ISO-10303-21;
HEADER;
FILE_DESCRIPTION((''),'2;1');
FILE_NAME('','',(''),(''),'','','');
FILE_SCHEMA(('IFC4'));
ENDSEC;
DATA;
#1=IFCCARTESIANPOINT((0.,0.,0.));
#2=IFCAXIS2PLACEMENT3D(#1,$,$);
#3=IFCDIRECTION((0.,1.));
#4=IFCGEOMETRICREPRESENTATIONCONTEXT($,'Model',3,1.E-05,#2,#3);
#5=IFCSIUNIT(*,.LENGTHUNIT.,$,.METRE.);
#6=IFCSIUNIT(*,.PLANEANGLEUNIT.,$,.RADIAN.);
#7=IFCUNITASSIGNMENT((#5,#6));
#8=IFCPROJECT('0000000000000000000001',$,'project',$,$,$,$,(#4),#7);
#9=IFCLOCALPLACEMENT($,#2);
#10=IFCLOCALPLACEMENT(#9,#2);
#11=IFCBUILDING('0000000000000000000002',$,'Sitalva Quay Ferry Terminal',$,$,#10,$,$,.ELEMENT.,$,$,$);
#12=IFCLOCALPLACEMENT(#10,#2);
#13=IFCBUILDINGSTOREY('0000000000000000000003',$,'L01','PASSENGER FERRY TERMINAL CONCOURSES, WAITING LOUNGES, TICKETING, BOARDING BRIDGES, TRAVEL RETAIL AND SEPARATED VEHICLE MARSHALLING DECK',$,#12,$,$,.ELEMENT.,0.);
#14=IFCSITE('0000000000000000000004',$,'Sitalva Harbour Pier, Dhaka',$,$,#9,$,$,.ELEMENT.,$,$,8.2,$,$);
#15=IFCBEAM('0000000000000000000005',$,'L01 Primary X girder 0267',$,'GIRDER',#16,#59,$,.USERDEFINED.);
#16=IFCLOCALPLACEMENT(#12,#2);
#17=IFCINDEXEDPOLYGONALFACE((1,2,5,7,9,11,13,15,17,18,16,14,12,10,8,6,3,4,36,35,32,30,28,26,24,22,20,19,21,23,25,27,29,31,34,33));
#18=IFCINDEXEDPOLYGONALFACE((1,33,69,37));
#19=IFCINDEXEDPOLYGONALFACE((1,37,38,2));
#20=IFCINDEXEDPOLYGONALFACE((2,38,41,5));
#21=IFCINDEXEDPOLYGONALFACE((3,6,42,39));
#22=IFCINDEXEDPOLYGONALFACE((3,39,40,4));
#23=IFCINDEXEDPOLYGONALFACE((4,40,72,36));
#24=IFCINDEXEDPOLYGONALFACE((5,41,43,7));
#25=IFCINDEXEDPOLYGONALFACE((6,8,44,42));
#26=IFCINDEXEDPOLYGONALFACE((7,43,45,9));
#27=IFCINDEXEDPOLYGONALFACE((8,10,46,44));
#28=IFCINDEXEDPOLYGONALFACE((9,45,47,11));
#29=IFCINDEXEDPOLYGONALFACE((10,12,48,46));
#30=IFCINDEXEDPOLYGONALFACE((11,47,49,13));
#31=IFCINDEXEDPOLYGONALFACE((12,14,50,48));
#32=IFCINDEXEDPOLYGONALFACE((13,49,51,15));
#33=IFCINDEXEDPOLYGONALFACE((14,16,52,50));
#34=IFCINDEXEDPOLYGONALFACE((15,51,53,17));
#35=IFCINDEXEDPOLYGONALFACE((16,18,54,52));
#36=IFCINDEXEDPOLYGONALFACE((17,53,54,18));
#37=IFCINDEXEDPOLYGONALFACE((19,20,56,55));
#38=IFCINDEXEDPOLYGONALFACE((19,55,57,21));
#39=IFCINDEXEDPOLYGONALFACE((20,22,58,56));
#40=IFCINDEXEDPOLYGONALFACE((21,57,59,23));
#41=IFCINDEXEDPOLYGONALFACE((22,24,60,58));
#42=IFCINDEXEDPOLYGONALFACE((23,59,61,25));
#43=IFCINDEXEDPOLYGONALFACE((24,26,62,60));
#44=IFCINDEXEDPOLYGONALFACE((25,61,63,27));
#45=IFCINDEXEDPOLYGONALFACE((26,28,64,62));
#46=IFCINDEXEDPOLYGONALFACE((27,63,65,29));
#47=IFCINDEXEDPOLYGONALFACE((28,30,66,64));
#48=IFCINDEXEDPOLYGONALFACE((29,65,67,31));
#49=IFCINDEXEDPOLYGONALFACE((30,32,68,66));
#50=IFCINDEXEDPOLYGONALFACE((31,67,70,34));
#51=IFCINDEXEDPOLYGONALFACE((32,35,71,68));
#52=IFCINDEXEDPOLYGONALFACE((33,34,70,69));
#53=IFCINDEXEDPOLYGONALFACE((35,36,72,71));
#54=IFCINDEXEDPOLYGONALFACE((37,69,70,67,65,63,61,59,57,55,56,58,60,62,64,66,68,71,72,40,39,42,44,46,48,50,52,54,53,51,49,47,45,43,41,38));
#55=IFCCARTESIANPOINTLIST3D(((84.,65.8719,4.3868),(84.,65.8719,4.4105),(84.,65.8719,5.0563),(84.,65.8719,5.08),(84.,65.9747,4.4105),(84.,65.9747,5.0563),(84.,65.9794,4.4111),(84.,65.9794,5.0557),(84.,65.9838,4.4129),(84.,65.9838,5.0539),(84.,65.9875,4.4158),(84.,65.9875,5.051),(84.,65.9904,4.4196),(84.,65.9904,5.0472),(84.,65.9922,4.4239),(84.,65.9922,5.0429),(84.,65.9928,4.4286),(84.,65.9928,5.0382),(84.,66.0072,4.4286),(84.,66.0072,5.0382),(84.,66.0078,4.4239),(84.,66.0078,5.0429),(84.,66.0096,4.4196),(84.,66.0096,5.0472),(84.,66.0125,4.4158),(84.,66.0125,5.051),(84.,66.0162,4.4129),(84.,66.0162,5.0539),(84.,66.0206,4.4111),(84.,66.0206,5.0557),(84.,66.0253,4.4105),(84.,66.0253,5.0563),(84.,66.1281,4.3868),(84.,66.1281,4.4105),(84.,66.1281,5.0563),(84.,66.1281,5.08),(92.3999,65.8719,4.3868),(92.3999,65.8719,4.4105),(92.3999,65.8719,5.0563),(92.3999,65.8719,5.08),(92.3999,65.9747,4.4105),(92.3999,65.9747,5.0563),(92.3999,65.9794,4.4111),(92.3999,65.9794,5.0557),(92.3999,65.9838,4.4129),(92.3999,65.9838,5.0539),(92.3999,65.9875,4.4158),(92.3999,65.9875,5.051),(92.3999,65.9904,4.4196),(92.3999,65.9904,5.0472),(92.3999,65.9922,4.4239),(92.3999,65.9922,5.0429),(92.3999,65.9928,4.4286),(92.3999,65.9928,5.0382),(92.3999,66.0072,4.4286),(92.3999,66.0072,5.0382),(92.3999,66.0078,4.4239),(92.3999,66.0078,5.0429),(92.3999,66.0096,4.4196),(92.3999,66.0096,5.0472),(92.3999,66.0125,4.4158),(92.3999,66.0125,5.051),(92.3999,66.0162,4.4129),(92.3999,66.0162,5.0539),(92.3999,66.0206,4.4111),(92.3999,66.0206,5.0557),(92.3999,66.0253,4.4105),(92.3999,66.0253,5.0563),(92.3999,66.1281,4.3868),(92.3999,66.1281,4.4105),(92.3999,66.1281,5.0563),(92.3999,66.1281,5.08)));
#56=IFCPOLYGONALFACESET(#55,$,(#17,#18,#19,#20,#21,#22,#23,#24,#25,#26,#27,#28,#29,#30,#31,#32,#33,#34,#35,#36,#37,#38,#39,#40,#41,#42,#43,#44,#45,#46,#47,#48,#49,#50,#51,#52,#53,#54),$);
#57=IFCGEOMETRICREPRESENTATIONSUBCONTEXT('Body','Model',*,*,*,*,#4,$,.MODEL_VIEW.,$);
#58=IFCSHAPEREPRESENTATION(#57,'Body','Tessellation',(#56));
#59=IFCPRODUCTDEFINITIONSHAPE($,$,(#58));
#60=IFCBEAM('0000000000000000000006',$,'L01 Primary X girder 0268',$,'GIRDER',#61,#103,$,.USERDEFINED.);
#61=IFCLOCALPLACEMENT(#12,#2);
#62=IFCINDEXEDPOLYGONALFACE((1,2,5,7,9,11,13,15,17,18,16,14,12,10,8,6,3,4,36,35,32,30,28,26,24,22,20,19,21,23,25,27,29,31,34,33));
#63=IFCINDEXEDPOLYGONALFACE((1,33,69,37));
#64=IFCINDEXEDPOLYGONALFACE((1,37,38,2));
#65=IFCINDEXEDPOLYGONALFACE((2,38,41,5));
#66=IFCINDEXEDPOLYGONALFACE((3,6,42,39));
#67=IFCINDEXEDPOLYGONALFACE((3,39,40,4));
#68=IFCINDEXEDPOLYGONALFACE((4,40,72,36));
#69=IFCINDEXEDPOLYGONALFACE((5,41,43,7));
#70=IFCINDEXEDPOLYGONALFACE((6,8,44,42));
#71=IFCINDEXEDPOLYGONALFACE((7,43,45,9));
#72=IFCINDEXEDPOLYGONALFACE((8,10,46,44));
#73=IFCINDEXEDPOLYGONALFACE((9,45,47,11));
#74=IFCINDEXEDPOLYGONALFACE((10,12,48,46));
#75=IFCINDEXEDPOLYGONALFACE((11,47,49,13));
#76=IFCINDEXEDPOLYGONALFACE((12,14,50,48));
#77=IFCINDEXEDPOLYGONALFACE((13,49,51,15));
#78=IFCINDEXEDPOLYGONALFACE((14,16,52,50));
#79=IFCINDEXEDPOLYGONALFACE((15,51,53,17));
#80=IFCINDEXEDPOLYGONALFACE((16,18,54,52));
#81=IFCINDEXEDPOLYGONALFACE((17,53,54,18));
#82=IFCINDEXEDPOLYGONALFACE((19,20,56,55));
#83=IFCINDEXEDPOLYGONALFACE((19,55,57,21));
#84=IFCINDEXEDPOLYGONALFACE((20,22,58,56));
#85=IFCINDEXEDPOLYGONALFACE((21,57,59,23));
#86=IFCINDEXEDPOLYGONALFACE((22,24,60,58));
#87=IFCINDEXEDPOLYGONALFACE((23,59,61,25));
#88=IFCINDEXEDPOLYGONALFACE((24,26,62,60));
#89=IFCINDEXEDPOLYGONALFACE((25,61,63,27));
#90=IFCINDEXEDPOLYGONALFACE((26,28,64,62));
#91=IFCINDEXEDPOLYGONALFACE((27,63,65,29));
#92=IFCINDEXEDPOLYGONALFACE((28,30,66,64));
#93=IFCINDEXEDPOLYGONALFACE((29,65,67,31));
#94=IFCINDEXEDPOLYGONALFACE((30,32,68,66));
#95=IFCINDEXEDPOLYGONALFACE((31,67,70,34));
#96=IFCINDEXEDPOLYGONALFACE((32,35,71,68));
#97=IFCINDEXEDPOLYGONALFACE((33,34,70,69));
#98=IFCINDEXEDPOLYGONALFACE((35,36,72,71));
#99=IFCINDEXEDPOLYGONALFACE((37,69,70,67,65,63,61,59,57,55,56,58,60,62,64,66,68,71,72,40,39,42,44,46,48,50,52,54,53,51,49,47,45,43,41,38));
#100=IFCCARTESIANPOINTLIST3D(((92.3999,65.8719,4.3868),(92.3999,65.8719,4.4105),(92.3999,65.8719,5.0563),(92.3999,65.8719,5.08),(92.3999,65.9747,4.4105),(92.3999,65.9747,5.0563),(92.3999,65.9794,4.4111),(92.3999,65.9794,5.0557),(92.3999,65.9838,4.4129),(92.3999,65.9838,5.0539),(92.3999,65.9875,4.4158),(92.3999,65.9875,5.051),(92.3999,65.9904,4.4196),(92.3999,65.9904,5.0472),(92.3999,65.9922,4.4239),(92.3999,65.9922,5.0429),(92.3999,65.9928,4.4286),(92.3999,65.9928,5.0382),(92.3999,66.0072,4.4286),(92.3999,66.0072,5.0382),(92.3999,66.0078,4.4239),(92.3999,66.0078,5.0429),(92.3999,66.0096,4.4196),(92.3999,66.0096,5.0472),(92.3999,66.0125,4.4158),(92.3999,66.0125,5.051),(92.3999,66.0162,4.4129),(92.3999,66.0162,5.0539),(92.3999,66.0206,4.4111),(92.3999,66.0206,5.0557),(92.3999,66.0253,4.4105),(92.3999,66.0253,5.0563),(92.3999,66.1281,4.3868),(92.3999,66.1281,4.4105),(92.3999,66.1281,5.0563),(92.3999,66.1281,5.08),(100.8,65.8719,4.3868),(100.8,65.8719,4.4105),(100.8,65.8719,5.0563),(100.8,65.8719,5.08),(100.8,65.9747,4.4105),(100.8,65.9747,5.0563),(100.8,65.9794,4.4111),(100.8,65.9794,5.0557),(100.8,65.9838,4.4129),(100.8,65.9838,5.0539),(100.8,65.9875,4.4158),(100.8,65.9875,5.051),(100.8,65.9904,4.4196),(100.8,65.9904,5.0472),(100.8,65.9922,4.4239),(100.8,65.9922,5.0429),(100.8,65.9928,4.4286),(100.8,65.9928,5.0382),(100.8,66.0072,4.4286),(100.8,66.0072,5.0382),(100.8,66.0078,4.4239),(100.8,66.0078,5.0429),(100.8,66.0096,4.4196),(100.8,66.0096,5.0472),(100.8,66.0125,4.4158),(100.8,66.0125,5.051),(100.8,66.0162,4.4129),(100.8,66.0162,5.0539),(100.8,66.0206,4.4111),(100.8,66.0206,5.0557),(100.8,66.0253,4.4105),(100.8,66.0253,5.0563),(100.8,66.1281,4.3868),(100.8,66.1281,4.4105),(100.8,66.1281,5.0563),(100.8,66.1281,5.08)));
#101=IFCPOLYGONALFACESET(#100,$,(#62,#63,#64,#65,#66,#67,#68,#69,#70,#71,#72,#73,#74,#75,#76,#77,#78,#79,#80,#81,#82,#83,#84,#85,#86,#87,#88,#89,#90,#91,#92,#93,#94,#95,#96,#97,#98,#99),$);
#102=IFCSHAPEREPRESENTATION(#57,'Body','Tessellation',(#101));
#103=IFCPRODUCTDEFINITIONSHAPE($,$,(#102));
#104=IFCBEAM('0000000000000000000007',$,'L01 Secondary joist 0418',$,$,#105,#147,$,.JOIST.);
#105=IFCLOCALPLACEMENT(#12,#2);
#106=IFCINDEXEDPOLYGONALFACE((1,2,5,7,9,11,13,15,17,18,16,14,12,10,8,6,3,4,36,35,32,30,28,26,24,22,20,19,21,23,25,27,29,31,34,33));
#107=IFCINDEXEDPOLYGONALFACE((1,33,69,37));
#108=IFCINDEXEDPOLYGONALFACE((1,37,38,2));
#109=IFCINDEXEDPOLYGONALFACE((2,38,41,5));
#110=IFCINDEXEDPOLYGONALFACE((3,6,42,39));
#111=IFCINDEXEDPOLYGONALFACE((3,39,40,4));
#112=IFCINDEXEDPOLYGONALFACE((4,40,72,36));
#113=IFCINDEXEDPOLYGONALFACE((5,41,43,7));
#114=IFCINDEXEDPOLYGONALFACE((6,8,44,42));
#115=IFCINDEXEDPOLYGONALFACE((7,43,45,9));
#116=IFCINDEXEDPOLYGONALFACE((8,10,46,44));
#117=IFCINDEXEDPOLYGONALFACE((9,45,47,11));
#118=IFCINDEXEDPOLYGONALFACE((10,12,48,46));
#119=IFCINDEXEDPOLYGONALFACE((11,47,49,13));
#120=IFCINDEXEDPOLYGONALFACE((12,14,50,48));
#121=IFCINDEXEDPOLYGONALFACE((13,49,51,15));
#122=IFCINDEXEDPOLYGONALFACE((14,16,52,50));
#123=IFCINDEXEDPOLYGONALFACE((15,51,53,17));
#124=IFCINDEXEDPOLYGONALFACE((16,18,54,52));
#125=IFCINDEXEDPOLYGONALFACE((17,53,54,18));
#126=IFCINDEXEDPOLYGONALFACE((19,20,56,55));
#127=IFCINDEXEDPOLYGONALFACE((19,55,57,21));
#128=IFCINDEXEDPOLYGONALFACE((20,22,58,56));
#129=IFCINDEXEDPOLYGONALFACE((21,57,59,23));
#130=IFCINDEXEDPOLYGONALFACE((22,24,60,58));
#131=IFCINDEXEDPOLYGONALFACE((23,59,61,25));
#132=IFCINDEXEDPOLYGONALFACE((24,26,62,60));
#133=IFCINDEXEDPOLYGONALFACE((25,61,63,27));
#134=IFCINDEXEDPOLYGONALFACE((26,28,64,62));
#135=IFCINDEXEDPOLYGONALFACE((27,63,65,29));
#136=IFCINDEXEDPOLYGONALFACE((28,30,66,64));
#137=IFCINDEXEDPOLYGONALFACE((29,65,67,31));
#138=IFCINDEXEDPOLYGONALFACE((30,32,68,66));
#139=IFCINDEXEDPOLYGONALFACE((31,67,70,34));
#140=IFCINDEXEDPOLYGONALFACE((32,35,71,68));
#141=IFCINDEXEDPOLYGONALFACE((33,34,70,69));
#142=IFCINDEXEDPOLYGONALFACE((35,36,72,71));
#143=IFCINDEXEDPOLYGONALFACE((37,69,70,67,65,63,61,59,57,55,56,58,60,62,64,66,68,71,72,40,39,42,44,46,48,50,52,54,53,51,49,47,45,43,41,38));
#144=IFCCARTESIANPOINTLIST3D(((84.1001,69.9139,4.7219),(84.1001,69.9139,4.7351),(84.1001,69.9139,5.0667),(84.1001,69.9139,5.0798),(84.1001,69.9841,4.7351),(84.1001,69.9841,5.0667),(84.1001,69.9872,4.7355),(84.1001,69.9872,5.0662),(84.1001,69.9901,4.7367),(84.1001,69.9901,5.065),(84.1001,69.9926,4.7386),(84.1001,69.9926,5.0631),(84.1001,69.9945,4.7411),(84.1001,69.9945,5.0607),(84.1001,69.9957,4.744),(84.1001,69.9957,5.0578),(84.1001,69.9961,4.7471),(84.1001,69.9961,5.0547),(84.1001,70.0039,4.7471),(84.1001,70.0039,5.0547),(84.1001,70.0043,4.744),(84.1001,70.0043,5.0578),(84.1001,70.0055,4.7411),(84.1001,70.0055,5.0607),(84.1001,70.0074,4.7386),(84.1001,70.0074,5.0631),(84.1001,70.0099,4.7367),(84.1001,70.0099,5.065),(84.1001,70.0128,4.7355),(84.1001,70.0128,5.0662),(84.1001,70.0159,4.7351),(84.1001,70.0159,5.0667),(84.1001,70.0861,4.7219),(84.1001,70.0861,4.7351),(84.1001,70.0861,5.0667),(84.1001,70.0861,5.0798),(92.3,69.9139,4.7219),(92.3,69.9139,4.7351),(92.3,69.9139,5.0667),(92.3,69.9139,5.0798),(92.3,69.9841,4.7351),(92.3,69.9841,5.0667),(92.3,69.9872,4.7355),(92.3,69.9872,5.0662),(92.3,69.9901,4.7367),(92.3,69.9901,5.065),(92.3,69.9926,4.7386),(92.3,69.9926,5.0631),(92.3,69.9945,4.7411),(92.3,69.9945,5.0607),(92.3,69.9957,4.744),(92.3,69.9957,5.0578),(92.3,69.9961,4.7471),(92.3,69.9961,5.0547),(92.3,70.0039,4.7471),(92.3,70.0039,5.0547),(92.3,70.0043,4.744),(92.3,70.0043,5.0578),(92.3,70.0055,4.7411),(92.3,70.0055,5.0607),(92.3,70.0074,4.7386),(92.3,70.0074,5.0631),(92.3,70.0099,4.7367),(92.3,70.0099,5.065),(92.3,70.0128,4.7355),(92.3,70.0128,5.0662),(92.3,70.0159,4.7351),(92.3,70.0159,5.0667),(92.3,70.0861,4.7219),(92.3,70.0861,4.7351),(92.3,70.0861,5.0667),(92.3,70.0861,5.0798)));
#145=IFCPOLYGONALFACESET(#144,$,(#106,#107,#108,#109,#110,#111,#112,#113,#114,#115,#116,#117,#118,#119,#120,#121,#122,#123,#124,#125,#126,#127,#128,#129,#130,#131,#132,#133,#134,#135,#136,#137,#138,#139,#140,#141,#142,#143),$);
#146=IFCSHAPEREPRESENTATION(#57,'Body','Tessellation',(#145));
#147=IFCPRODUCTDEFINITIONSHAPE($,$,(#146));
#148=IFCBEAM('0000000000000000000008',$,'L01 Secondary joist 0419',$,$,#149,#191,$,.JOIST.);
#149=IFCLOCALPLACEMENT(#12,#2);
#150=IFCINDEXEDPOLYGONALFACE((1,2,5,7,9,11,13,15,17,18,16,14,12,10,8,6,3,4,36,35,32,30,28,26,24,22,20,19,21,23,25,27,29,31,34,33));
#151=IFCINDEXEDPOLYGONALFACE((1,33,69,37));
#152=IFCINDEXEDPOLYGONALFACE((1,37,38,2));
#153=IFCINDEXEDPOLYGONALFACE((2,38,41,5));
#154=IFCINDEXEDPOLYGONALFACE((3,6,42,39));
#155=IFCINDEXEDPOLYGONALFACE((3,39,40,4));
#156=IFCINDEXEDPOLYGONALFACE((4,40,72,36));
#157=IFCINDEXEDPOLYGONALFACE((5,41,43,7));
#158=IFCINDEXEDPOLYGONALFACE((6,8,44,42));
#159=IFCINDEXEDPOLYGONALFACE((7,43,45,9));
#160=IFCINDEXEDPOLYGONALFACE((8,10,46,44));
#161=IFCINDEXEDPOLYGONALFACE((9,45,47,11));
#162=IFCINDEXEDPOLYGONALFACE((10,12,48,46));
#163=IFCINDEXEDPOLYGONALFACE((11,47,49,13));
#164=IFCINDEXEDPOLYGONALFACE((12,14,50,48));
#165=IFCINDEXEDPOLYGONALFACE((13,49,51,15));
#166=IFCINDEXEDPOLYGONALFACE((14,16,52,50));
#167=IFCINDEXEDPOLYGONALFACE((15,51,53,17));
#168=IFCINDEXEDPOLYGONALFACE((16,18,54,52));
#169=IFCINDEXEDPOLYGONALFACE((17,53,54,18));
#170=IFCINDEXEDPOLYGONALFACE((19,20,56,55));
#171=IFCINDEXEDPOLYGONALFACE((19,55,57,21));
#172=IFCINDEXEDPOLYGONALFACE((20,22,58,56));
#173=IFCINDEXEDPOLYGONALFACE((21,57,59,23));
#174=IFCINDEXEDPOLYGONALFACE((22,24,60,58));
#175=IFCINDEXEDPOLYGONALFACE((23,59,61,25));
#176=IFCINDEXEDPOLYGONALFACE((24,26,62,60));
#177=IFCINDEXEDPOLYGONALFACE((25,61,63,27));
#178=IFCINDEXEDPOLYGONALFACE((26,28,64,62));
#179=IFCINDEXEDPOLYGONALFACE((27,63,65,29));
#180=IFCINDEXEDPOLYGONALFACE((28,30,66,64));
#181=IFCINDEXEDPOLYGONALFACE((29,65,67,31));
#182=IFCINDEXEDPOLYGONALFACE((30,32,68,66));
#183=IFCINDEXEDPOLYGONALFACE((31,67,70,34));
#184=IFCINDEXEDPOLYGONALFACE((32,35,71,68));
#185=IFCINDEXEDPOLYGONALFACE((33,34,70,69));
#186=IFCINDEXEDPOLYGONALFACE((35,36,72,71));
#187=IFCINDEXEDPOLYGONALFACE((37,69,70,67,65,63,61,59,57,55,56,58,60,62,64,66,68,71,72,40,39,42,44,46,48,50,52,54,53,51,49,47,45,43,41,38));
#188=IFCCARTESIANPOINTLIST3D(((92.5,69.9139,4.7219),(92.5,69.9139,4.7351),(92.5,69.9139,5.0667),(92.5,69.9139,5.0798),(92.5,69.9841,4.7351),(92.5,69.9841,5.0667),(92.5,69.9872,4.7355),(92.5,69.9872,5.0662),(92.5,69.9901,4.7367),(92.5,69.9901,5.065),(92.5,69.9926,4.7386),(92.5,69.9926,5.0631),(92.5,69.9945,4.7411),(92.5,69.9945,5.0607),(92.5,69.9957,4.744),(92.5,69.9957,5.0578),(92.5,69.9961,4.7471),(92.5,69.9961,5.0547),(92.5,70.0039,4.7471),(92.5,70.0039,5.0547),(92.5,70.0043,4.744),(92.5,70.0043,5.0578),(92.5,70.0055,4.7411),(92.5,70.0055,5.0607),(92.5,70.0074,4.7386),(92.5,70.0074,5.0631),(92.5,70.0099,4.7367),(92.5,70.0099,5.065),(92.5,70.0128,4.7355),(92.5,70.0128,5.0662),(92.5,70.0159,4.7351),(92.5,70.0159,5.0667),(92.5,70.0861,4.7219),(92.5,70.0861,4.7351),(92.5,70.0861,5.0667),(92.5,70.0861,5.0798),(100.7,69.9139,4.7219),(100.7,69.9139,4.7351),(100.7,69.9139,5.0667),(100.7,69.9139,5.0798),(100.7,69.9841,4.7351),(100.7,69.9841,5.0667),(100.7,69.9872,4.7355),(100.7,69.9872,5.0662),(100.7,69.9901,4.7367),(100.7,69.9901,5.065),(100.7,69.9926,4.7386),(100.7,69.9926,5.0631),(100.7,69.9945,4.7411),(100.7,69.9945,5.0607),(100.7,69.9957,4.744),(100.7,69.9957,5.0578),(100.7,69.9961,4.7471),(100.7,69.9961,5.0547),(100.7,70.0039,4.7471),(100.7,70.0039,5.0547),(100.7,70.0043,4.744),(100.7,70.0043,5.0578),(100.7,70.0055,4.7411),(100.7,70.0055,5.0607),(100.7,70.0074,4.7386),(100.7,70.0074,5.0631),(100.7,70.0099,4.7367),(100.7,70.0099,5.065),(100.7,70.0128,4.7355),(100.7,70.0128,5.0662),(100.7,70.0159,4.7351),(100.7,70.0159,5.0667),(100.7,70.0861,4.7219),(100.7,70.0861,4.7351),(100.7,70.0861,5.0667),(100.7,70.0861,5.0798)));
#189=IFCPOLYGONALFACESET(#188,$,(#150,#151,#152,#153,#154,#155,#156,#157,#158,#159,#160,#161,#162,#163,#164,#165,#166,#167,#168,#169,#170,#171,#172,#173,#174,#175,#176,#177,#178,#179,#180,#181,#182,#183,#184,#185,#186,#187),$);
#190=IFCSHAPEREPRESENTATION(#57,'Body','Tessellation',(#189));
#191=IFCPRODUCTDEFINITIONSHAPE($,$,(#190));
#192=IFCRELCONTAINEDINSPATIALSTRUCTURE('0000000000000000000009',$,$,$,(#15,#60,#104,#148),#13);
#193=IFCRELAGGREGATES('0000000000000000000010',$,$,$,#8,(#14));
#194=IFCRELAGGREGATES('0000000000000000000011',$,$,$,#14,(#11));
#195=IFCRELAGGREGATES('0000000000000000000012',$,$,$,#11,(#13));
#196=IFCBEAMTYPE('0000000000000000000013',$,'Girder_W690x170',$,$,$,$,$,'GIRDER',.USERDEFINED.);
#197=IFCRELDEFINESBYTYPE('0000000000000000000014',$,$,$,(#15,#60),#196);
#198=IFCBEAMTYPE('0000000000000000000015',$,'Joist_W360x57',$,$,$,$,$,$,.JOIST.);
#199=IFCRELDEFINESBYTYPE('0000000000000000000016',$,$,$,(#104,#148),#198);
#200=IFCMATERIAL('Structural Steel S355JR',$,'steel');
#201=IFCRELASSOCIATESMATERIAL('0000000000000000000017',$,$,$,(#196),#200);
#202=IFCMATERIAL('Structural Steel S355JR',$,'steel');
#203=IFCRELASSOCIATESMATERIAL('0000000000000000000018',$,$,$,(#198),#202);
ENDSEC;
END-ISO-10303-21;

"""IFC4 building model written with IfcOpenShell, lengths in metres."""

from ifc_helpers import new_model, si_unit, direction, frame, origin, origin_2d, place, context, subcontext, project, spatial, i_section, extrude, material, material_profile, profile_set, type_object, element, save


model = new_model("IFC4")

# Units and contexts
model_context = context("Model", 3, precision=1e-05, world=origin(), true_north=direction((0.0, 1.0)))
body_context = subcontext(model_context, "Body", "Model", "MODEL_VIEW")
ifc_project = project(units=[si_unit("LENGTHUNIT", "METRE"), si_unit("PLANEANGLEUNIT", "RADIAN")], contexts=[model_context])

# Site, building, storey
site_placement = place(None, origin())
site = spatial("IfcSite", under=ifc_project, at=site_placement, Name="Sitalva Harbour Pier, Dhaka", CompositionType="ELEMENT", RefElevation=8.2)
building_placement = place(site_placement, origin())
building = spatial("IfcBuilding", under=site, at=building_placement, Name="Sitalva Quay Ferry Terminal", CompositionType="ELEMENT")
storey_placement = place(building_placement, origin())
storey = spatial("IfcBuildingStorey", under=building, at=storey_placement, Name="L01", Description="PASSENGER FERRY TERMINAL CONCOURSES, WAITING LOUNGES, TICKETING, BOARDING BRIDGES, TRAVEL RETAIL AND SEPARATED VEHICLE MARSHALLING DECK", CompositionType="ELEMENT", Elevation=0.0)

# Beams
ifc_material_1 = material(Name="Structural Steel S355JR", Category="steel")
ifc_material_profile_1 = material_profile(ifc_material_1, i_section(OverallWidth=0.2561, OverallDepth=0.6931, WebThickness=0.0144, FlangeThickness=0.0237, FilletRadius=0.0181, at=origin_2d()), Name="W690x170")
ifc_profile_set_1 = profile_set([ifc_material_profile_1], Name="Structural Steel S355JR")
beam_type_1 = type_object("IfcBeamType", Name="Girder_W690x170", ElementType="GIRDER", PredefinedType="USERDEFINED", material=ifc_profile_set_1)
beam_1_placement = place(storey_placement, frame((84.0, 66.0, 4.7334), z_axis=(1.0, 0.0, 0.0), x_axis=(0.0, 1.0, 0.0)))
element("IfcBeam", 1, at=beam_1_placement, inside=storey, type_object=beam_type_1, Name="L01 Primary X girder 0267", ObjectType="GIRDER", PredefinedType="USERDEFINED", context=body_context, shape_type="SweptSolid", body=[
    extrude(i_section(OverallWidth=0.2561, OverallDepth=0.6931, WebThickness=0.0144, FlangeThickness=0.0237, FilletRadius=0.0181, at=origin_2d()), origin(), (0.0, 0.0, 1.0), 8.3999),
])
beam_2_placement = place(storey_placement, frame((92.3999, 66.0, 4.7334), z_axis=(1.0, 0.0, 0.0), x_axis=(0.0, 1.0, 0.0)))
element("IfcBeam", 2, at=beam_2_placement, inside=storey, type_object=beam_type_1, Name="L01 Primary X girder 0268", ObjectType="GIRDER", PredefinedType="USERDEFINED", context=body_context, shape_type="SweptSolid", body=[
    extrude(i_section(OverallWidth=0.2561, OverallDepth=0.6931, WebThickness=0.0144, FlangeThickness=0.0237, FilletRadius=0.0181, at=origin_2d()), origin(), (0.0, 0.0, 1.0), 8.4001),
])
ifc_material_2 = material(Name="Structural Steel S355JR", Category="steel")
ifc_material_profile_2 = material_profile(ifc_material_2, i_section(OverallWidth=0.1721, OverallDepth=0.3579, WebThickness=0.0078, FlangeThickness=0.0132, FilletRadius=0.012, at=origin_2d()), Name="W360x57")
ifc_profile_set_2 = profile_set([ifc_material_profile_2], Name="Structural Steel S355JR")
beam_type_2 = type_object("IfcBeamType", Name="Joist_W360x57", PredefinedType="JOIST", material=ifc_profile_set_2)
for number, where, z_axis, x_axis, name in (
    (3, (84.1001, 70.0, 4.9009), (1.0, 0.0, 0.0), (0.0, 1.0, 0.0), "L01 Secondary joist 0418"),
    (4, (92.5, 70.0, 4.9009), (1.0, 0.0, 0.0), (0.0, 1.0, 0.0), "L01 Secondary joist 0419"),
):
    element("IfcBeam", number, at=place(storey_placement, frame(where, z_axis=z_axis, x_axis=x_axis)), inside=storey, type_object=beam_type_2, Name=name, PredefinedType="JOIST", context=body_context, shape_type="SweptSolid", body=[
        extrude(i_section(OverallWidth=0.1721, OverallDepth=0.3579, WebThickness=0.0078, FlangeThickness=0.0132, FilletRadius=0.012, at=origin_2d()), origin(), (0.0, 0.0, 1.0), 8.2),
    ])

save(model, "model.ifc")
